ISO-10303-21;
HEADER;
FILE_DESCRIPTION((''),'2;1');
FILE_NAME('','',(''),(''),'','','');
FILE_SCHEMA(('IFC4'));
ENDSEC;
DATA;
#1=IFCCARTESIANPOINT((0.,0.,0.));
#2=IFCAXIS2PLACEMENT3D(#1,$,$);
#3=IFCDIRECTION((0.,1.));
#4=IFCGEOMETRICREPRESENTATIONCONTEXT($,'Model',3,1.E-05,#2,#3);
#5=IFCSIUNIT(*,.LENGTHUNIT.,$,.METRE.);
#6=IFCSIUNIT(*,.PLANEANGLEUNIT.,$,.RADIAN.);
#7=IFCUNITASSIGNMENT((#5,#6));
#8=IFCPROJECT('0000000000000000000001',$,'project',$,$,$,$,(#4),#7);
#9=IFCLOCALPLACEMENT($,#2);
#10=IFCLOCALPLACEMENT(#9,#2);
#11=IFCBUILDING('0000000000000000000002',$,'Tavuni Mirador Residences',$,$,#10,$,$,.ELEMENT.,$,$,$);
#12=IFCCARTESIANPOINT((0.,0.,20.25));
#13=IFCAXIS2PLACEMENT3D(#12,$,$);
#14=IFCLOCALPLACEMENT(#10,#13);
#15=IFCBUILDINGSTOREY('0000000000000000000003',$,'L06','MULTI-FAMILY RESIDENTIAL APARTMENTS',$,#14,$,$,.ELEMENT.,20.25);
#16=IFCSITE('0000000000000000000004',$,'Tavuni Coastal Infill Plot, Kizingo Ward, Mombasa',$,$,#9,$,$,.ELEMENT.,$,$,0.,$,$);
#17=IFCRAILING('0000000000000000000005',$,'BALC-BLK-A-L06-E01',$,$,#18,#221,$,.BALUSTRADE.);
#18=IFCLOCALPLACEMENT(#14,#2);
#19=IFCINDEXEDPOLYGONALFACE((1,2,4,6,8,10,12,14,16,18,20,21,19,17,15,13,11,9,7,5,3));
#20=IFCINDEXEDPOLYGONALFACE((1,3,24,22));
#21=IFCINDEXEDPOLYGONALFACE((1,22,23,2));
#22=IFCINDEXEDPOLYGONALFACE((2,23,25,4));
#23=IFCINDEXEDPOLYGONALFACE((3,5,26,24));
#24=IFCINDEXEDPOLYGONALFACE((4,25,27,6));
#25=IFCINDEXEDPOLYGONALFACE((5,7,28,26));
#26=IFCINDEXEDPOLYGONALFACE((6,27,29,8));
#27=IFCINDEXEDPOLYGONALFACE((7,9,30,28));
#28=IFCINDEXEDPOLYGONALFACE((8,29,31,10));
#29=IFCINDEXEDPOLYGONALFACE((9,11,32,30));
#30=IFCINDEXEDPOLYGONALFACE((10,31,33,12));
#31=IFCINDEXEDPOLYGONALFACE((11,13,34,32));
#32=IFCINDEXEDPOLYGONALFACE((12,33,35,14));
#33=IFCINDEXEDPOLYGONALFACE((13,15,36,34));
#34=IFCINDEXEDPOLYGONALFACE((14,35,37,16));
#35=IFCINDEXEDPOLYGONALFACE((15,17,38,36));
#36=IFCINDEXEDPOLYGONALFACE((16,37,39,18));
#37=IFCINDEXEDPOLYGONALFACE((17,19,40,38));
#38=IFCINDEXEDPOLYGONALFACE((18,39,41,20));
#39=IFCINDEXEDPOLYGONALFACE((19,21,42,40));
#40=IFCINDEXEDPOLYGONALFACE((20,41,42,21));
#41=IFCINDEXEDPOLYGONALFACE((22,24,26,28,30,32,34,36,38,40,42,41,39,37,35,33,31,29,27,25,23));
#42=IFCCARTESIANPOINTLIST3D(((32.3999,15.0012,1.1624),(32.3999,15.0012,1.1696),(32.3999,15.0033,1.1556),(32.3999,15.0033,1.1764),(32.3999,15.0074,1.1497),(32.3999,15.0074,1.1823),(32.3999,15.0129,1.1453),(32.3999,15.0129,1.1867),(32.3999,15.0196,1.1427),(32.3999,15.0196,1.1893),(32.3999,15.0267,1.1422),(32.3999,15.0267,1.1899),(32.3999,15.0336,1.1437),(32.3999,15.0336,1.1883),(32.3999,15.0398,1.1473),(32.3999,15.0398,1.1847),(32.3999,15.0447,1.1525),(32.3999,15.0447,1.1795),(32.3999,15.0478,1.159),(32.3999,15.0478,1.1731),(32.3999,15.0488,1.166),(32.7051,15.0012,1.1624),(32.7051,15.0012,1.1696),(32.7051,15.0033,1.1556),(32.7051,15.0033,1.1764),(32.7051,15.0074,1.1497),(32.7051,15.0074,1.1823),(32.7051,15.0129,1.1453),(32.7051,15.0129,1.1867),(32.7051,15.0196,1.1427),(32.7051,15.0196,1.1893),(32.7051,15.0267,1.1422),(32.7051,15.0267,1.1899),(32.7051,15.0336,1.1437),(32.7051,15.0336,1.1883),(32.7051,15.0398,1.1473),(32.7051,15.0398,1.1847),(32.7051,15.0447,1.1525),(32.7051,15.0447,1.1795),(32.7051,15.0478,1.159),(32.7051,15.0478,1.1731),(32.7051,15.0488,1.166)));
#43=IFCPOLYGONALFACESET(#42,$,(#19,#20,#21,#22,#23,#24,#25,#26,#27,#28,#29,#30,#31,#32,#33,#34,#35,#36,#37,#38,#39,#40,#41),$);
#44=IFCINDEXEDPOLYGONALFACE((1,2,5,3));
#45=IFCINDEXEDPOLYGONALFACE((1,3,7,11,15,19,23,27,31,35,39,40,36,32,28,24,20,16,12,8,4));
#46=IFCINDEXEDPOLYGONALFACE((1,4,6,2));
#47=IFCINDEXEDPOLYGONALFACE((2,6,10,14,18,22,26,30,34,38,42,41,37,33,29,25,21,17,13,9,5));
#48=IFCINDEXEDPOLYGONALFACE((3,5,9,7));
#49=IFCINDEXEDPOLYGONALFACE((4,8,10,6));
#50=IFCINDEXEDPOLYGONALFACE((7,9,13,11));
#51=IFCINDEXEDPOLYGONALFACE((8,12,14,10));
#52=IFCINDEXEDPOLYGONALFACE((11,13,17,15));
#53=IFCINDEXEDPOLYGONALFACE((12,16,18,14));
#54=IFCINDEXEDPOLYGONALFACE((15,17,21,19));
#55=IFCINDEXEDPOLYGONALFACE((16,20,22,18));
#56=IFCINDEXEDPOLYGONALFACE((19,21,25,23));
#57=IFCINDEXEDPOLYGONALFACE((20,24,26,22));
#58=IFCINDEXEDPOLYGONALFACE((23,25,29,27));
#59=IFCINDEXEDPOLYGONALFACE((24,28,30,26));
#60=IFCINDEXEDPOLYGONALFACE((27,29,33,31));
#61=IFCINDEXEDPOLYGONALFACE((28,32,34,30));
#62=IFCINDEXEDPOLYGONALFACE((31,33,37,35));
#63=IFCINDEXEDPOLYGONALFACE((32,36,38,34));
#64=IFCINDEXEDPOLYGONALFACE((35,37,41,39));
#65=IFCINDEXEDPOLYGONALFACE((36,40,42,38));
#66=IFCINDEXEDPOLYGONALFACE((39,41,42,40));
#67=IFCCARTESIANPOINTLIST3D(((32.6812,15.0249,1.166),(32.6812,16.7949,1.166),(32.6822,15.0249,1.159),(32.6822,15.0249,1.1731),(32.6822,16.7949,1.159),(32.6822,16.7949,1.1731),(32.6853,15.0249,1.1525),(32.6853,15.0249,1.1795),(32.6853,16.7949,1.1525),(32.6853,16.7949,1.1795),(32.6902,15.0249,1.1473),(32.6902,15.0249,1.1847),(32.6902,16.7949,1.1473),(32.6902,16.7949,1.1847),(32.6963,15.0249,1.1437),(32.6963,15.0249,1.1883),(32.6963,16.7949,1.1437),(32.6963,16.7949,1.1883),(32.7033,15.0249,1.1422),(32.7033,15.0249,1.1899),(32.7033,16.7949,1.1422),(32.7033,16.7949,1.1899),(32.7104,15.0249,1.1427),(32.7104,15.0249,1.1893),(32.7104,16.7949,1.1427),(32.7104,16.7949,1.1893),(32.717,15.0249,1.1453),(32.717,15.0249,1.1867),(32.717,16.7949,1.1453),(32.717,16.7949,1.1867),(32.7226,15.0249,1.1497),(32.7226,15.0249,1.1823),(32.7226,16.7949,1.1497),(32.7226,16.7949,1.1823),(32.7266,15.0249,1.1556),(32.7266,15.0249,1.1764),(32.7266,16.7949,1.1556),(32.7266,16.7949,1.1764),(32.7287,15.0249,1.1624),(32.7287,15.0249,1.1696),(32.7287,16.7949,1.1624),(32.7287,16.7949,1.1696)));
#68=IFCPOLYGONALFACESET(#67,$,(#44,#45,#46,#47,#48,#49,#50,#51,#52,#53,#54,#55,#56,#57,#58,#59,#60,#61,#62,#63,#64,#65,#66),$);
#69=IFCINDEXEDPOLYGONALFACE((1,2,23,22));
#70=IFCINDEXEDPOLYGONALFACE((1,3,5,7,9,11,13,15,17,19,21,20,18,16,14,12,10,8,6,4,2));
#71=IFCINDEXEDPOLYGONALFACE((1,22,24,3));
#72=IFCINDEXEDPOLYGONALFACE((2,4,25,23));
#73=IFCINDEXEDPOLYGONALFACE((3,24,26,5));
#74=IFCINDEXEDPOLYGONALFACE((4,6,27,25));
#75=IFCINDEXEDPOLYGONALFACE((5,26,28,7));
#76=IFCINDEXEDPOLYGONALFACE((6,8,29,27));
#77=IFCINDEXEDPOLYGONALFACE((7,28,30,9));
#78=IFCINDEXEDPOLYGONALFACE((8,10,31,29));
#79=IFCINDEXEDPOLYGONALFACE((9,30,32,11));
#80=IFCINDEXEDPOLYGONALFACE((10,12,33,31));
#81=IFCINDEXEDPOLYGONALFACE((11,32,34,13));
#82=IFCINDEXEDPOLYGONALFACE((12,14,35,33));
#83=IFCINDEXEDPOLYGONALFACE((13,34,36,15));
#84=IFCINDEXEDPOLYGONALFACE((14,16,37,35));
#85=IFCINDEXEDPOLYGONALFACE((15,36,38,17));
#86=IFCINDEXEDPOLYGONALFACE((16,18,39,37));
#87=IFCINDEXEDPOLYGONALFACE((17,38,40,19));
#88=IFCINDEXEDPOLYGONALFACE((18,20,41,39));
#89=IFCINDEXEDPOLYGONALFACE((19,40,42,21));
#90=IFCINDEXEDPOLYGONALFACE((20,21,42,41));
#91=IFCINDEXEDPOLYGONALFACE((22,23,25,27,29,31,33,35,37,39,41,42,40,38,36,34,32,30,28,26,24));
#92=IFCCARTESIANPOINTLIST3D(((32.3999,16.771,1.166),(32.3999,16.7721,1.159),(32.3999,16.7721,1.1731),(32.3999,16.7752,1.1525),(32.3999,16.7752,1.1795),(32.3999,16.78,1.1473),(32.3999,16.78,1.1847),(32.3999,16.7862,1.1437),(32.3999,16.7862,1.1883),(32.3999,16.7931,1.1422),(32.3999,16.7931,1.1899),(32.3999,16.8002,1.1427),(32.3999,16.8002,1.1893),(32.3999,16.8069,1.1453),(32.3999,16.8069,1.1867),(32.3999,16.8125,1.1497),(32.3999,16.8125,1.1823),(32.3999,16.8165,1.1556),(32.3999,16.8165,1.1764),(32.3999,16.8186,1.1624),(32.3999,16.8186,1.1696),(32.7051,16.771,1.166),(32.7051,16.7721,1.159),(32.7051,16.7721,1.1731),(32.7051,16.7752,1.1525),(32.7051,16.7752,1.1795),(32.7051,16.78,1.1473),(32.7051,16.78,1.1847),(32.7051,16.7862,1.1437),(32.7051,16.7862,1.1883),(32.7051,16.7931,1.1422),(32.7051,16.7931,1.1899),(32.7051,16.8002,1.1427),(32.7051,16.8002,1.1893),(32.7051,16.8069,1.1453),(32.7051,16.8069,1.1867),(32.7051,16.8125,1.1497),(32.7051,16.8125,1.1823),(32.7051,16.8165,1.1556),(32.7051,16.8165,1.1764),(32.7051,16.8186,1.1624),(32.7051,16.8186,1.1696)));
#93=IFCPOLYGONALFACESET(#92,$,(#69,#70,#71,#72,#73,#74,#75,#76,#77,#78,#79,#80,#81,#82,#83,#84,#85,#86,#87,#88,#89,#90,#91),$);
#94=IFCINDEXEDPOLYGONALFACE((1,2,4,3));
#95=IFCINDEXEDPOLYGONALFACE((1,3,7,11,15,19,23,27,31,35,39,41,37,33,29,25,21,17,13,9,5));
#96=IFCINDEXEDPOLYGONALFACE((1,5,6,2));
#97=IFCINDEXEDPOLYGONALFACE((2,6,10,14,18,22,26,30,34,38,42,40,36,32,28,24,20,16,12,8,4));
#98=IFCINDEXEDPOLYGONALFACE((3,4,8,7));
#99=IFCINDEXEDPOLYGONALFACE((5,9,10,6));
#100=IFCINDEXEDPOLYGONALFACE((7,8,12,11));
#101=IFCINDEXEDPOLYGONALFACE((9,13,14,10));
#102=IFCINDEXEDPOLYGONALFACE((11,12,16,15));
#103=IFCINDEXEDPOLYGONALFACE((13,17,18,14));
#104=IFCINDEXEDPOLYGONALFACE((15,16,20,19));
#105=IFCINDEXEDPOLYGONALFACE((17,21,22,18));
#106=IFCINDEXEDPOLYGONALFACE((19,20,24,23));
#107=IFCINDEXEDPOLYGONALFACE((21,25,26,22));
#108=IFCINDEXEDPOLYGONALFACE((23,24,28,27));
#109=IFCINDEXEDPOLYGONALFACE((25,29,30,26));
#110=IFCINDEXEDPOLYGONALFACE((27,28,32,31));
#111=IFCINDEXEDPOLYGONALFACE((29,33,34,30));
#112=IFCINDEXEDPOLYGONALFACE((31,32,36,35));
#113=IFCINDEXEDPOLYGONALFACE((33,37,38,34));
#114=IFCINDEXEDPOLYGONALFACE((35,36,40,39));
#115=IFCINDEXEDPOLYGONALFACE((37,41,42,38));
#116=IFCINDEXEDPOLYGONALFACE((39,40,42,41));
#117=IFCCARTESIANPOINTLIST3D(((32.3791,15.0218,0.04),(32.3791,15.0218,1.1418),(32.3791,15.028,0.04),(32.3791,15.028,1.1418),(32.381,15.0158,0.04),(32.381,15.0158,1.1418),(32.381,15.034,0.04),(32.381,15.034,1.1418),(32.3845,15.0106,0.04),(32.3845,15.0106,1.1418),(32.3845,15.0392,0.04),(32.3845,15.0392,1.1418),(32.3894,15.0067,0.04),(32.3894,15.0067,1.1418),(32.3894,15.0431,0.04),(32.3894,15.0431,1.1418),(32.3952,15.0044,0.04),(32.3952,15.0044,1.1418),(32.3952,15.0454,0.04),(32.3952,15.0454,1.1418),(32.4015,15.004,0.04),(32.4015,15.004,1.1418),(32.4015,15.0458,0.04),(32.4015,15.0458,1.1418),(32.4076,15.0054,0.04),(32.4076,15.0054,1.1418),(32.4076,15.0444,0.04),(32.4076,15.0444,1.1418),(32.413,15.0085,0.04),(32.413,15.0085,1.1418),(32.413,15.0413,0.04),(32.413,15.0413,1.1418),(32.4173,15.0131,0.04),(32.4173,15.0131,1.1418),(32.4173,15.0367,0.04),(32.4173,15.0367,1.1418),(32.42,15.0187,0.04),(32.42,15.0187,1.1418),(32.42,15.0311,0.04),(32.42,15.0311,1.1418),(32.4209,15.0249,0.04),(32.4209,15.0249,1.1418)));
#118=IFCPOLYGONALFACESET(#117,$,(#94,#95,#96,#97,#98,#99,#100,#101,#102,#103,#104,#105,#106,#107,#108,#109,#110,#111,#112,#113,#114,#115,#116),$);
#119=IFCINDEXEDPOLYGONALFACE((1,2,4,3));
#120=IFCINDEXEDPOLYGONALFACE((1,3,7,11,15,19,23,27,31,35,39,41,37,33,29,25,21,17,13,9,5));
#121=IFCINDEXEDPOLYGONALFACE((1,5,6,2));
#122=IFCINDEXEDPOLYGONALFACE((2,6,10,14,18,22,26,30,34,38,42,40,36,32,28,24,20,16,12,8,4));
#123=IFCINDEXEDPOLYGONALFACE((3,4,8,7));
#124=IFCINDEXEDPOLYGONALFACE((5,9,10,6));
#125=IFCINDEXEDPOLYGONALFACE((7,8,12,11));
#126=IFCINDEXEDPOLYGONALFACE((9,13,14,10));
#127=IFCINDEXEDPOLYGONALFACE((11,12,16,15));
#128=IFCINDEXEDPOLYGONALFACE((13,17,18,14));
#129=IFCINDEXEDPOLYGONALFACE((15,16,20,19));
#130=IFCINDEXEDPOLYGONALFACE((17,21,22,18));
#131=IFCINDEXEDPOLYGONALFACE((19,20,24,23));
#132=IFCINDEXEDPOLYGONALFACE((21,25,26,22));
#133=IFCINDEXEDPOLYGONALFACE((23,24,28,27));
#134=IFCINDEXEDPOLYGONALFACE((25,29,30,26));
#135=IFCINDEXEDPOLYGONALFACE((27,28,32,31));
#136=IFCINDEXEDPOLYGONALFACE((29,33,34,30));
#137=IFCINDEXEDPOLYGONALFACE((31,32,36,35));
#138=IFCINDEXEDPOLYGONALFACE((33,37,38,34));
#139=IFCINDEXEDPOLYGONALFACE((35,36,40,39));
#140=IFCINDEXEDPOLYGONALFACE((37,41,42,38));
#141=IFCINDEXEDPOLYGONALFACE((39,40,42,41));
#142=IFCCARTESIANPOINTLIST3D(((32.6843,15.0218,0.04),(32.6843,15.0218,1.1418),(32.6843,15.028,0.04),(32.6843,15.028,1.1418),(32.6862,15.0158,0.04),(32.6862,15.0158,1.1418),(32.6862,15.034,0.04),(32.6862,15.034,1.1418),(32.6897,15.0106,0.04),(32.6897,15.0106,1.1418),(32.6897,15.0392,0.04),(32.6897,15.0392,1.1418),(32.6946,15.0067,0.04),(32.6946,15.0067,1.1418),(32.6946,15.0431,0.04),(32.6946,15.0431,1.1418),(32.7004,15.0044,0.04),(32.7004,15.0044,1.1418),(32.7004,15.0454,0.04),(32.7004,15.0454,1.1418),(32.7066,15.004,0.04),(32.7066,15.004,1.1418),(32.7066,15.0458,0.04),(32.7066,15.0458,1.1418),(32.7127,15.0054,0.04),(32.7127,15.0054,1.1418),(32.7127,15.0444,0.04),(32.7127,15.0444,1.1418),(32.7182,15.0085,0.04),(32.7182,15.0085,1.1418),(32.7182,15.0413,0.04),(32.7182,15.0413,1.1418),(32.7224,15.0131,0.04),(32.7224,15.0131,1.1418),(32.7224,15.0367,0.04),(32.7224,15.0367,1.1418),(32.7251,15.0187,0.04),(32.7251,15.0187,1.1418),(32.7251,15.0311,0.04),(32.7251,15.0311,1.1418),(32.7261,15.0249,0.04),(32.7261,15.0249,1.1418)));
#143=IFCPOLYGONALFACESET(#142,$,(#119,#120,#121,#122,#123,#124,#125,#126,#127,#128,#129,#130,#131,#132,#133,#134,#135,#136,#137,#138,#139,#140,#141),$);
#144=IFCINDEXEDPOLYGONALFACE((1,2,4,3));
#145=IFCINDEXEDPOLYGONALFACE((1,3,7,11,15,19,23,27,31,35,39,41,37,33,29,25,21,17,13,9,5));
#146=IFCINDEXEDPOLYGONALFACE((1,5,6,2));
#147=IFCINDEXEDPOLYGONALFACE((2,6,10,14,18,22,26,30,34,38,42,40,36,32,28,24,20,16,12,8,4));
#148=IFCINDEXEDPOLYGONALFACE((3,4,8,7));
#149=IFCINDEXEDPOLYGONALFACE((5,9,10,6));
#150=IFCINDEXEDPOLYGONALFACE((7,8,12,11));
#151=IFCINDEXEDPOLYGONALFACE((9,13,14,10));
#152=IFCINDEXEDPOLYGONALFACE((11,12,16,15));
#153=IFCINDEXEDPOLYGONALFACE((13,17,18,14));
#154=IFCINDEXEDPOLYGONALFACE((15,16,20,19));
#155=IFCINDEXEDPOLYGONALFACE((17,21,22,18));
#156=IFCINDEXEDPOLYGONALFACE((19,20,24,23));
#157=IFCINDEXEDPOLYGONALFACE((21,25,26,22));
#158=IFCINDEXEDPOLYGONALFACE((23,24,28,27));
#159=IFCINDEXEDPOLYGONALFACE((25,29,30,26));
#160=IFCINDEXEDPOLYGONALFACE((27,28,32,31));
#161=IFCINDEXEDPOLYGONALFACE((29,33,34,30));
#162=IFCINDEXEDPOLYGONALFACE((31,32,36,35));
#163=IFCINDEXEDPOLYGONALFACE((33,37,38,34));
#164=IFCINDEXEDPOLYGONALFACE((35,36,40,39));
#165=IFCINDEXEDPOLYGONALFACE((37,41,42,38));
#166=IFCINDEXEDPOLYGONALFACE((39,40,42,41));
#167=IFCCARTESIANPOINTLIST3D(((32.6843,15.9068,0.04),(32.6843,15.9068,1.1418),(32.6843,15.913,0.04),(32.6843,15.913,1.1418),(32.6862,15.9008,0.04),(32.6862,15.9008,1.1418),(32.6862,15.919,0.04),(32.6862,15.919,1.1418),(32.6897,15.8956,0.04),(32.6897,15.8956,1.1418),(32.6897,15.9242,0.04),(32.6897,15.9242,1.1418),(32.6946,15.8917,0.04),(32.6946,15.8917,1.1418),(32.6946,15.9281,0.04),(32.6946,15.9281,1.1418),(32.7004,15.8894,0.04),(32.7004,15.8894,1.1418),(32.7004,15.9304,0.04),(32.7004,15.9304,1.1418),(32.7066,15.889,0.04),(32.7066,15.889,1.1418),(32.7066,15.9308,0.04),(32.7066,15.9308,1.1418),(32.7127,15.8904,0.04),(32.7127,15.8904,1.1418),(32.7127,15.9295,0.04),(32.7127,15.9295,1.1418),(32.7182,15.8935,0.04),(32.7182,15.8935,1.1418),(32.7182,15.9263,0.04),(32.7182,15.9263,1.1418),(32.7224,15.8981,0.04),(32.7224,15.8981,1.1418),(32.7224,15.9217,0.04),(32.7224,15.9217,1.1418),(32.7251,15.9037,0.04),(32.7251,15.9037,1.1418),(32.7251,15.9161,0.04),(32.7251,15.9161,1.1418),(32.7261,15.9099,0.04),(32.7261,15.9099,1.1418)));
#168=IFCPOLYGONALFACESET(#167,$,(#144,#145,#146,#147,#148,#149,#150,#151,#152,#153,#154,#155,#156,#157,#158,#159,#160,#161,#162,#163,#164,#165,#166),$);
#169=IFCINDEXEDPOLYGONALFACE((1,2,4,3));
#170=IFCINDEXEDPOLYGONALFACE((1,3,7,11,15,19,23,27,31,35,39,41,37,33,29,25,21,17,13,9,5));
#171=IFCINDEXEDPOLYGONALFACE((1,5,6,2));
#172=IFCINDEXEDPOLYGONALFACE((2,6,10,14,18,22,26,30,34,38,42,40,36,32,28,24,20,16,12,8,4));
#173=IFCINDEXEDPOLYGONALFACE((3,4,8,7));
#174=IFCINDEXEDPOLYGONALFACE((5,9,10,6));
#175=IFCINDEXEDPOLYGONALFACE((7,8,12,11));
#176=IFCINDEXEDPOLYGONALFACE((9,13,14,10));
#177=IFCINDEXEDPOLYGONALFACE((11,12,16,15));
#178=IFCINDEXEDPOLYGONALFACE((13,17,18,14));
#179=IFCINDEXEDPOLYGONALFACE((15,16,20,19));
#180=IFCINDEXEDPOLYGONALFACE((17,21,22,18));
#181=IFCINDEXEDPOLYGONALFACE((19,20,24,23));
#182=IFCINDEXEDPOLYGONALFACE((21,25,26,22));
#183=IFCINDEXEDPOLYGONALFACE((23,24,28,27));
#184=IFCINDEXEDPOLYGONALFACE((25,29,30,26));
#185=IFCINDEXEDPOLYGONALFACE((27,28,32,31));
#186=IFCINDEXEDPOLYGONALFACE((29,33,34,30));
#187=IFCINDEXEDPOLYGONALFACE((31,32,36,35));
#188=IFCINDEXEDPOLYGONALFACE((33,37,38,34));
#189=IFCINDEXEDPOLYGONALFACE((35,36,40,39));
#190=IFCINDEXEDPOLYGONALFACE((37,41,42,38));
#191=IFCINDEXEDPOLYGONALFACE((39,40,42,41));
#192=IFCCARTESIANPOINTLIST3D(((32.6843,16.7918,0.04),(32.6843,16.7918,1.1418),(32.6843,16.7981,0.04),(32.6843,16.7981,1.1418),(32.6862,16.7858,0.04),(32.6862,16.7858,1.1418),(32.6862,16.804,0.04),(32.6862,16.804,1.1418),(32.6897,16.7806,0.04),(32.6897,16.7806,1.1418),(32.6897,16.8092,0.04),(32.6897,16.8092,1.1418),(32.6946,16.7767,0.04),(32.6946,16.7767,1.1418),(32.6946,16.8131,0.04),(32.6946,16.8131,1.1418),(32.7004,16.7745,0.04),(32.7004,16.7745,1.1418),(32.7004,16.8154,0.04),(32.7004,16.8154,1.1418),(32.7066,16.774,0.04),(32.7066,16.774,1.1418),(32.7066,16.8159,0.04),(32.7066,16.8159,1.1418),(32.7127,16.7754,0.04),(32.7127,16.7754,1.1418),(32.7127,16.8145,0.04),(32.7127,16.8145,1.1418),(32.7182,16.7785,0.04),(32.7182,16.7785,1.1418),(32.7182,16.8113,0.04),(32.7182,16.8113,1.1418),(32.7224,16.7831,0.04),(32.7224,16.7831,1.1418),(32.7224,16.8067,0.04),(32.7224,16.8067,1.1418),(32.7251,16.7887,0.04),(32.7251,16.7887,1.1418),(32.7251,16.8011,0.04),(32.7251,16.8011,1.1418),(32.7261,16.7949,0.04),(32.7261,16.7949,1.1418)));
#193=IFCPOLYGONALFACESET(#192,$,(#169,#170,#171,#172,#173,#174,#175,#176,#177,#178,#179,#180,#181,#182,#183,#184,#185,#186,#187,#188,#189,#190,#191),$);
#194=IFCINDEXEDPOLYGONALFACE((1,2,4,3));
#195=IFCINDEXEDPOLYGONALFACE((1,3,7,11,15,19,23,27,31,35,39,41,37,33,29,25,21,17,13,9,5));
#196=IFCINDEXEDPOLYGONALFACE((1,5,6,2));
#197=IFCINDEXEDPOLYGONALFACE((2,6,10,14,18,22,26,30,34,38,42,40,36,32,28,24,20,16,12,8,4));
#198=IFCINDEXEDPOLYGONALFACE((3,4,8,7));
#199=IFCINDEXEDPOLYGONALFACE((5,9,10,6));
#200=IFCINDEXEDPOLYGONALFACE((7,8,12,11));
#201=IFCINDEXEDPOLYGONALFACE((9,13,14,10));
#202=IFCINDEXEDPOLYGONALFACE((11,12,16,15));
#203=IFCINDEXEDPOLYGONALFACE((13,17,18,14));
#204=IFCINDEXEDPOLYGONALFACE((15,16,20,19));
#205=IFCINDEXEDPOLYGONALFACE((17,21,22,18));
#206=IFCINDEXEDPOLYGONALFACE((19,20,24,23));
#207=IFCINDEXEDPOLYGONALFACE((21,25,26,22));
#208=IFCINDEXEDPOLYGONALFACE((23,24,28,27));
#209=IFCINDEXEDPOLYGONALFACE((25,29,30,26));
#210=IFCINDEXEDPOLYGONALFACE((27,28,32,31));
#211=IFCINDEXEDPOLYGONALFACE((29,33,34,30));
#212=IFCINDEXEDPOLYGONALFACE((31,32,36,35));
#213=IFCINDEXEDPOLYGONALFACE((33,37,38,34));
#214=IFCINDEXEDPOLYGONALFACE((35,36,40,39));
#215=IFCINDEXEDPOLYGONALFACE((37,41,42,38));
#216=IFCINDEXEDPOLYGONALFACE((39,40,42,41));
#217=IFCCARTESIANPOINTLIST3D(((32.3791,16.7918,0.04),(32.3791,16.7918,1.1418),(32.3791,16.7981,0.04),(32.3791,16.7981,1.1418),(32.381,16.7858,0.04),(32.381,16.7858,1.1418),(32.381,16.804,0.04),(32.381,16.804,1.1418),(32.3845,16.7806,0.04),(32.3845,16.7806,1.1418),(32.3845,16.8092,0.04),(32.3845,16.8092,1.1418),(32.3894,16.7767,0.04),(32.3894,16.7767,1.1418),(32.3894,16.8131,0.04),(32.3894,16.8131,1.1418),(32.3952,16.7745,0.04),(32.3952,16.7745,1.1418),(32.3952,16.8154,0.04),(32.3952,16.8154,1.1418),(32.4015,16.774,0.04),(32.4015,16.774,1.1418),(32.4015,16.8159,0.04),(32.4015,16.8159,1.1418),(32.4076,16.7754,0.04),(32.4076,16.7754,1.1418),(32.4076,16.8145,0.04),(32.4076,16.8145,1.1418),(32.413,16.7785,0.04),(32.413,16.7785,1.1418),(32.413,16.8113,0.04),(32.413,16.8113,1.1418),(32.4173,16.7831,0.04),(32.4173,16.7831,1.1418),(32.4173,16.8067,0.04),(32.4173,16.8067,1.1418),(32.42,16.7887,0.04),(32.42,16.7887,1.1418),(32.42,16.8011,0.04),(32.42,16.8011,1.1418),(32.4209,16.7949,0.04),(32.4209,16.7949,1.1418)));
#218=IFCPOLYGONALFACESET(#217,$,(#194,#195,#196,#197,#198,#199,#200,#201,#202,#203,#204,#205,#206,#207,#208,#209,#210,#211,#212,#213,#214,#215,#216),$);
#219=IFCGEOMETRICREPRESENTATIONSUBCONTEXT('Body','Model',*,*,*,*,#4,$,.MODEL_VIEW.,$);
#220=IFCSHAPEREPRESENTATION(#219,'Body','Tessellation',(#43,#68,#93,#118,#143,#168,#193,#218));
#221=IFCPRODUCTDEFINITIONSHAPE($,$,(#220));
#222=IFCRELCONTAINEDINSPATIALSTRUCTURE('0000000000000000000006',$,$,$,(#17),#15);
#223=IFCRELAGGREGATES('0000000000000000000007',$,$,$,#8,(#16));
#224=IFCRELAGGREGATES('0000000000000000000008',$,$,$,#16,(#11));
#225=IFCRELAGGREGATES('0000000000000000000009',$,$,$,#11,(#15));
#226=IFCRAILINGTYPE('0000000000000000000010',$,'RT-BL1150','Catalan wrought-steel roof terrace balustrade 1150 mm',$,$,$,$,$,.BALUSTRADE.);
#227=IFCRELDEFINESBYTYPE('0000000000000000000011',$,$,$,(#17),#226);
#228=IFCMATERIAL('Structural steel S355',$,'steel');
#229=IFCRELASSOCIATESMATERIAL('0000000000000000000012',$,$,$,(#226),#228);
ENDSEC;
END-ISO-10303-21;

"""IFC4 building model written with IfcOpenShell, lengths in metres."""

from ifc_helpers import new_model, si_unit, direction, frame, origin, origin_2d, place, context, subcontext, project, spatial, circle, extrude, material, type_object, element, save


model = new_model("IFC4")

# Units and contexts
model_context = context("Model", 3, precision=1e-05, world=origin(), true_north=direction((0.0, 1.0)))
body_context = subcontext(model_context, "Body", "Model", "MODEL_VIEW")
ifc_project = project(units=[si_unit("LENGTHUNIT", "METRE"), si_unit("PLANEANGLEUNIT", "RADIAN")], contexts=[model_context])

# Site, building, storey
site_placement = place(None, origin())
site = spatial("IfcSite", under=ifc_project, at=site_placement, Name="Tavuni Coastal Infill Plot, Kizingo Ward, Mombasa", CompositionType="ELEMENT", RefElevation=0.0)
building_placement = place(site_placement, origin())
building = spatial("IfcBuilding", under=site, at=building_placement, Name="Tavuni Mirador Residences", CompositionType="ELEMENT")
storey_placement = place(building_placement, frame((0.0, 0.0, 20.25)))
storey = spatial("IfcBuildingStorey", under=building, at=storey_placement, Name="L06", Description="MULTI-FAMILY RESIDENTIAL APARTMENTS", CompositionType="ELEMENT", Elevation=20.25)

# Shared definitions
ifc_material_1 = material(Name="Structural steel S355", Category="steel")

# Railing
railing_type = type_object("IfcRailingType", Name="RT-BL1150", Description="Catalan wrought-steel roof terrace balustrade 1150 mm", PredefinedType="BALUSTRADE", material=ifc_material_1)
railing_placement = place(storey_placement, frame((32.3999, 15.0249, 0.04)))
element("IfcRailing", 1, at=railing_placement, inside=storey, type_object=railing_type, Name="BALC-BLK-A-L06-E01", PredefinedType="BALUSTRADE", context=body_context, shape_type="SweptSolid", body=[
    extrude(circle(Radius=0.0239, at=origin_2d()), frame((0.0, 0.0, 1.126), z_axis=(1.0, 0.0, 0.0), x_axis=(0.0, 1.0, 0.0)), (0.0, 0.0, 1.0), 0.3052),
    extrude(circle(Radius=0.0239, at=origin_2d()), frame((0.3052, 0.0, 1.126), z_axis=(0.0, 1.0, 0.0), x_axis=(-1.0, 0.0, 0.0)), (0.0, 0.0, 1.0), 1.77),
    extrude(circle(Radius=0.0239, at=origin_2d()), frame((0.3052, 1.77, 1.126), z_axis=(-1.0, 0.0, 0.0), x_axis=(0.0, -1.0, 0.0)), (0.0, 0.0, 1.0), 0.3052),
    extrude(circle(Radius=0.021, at=origin_2d()), origin(), (0.0, 0.0, 1.0), 1.1018),
    extrude(circle(Radius=0.021, at=origin_2d()), frame((0.3052, 0.0, 0.0)), (0.0, 0.0, 1.0), 1.1018),
    extrude(circle(Radius=0.021, at=origin_2d()), frame((0.3052, 0.885, 0.0)), (0.0, 0.0, 1.0), 1.1018),
    extrude(circle(Radius=0.021, at=origin_2d()), frame((0.3052, 1.77, 0.0)), (0.0, 0.0, 1.0), 1.1018),
    extrude(circle(Radius=0.021, at=origin_2d()), frame((0.0, 1.77, 0.0)), (0.0, 0.0, 1.0), 1.1018),
])

save(model, "model.ifc")
